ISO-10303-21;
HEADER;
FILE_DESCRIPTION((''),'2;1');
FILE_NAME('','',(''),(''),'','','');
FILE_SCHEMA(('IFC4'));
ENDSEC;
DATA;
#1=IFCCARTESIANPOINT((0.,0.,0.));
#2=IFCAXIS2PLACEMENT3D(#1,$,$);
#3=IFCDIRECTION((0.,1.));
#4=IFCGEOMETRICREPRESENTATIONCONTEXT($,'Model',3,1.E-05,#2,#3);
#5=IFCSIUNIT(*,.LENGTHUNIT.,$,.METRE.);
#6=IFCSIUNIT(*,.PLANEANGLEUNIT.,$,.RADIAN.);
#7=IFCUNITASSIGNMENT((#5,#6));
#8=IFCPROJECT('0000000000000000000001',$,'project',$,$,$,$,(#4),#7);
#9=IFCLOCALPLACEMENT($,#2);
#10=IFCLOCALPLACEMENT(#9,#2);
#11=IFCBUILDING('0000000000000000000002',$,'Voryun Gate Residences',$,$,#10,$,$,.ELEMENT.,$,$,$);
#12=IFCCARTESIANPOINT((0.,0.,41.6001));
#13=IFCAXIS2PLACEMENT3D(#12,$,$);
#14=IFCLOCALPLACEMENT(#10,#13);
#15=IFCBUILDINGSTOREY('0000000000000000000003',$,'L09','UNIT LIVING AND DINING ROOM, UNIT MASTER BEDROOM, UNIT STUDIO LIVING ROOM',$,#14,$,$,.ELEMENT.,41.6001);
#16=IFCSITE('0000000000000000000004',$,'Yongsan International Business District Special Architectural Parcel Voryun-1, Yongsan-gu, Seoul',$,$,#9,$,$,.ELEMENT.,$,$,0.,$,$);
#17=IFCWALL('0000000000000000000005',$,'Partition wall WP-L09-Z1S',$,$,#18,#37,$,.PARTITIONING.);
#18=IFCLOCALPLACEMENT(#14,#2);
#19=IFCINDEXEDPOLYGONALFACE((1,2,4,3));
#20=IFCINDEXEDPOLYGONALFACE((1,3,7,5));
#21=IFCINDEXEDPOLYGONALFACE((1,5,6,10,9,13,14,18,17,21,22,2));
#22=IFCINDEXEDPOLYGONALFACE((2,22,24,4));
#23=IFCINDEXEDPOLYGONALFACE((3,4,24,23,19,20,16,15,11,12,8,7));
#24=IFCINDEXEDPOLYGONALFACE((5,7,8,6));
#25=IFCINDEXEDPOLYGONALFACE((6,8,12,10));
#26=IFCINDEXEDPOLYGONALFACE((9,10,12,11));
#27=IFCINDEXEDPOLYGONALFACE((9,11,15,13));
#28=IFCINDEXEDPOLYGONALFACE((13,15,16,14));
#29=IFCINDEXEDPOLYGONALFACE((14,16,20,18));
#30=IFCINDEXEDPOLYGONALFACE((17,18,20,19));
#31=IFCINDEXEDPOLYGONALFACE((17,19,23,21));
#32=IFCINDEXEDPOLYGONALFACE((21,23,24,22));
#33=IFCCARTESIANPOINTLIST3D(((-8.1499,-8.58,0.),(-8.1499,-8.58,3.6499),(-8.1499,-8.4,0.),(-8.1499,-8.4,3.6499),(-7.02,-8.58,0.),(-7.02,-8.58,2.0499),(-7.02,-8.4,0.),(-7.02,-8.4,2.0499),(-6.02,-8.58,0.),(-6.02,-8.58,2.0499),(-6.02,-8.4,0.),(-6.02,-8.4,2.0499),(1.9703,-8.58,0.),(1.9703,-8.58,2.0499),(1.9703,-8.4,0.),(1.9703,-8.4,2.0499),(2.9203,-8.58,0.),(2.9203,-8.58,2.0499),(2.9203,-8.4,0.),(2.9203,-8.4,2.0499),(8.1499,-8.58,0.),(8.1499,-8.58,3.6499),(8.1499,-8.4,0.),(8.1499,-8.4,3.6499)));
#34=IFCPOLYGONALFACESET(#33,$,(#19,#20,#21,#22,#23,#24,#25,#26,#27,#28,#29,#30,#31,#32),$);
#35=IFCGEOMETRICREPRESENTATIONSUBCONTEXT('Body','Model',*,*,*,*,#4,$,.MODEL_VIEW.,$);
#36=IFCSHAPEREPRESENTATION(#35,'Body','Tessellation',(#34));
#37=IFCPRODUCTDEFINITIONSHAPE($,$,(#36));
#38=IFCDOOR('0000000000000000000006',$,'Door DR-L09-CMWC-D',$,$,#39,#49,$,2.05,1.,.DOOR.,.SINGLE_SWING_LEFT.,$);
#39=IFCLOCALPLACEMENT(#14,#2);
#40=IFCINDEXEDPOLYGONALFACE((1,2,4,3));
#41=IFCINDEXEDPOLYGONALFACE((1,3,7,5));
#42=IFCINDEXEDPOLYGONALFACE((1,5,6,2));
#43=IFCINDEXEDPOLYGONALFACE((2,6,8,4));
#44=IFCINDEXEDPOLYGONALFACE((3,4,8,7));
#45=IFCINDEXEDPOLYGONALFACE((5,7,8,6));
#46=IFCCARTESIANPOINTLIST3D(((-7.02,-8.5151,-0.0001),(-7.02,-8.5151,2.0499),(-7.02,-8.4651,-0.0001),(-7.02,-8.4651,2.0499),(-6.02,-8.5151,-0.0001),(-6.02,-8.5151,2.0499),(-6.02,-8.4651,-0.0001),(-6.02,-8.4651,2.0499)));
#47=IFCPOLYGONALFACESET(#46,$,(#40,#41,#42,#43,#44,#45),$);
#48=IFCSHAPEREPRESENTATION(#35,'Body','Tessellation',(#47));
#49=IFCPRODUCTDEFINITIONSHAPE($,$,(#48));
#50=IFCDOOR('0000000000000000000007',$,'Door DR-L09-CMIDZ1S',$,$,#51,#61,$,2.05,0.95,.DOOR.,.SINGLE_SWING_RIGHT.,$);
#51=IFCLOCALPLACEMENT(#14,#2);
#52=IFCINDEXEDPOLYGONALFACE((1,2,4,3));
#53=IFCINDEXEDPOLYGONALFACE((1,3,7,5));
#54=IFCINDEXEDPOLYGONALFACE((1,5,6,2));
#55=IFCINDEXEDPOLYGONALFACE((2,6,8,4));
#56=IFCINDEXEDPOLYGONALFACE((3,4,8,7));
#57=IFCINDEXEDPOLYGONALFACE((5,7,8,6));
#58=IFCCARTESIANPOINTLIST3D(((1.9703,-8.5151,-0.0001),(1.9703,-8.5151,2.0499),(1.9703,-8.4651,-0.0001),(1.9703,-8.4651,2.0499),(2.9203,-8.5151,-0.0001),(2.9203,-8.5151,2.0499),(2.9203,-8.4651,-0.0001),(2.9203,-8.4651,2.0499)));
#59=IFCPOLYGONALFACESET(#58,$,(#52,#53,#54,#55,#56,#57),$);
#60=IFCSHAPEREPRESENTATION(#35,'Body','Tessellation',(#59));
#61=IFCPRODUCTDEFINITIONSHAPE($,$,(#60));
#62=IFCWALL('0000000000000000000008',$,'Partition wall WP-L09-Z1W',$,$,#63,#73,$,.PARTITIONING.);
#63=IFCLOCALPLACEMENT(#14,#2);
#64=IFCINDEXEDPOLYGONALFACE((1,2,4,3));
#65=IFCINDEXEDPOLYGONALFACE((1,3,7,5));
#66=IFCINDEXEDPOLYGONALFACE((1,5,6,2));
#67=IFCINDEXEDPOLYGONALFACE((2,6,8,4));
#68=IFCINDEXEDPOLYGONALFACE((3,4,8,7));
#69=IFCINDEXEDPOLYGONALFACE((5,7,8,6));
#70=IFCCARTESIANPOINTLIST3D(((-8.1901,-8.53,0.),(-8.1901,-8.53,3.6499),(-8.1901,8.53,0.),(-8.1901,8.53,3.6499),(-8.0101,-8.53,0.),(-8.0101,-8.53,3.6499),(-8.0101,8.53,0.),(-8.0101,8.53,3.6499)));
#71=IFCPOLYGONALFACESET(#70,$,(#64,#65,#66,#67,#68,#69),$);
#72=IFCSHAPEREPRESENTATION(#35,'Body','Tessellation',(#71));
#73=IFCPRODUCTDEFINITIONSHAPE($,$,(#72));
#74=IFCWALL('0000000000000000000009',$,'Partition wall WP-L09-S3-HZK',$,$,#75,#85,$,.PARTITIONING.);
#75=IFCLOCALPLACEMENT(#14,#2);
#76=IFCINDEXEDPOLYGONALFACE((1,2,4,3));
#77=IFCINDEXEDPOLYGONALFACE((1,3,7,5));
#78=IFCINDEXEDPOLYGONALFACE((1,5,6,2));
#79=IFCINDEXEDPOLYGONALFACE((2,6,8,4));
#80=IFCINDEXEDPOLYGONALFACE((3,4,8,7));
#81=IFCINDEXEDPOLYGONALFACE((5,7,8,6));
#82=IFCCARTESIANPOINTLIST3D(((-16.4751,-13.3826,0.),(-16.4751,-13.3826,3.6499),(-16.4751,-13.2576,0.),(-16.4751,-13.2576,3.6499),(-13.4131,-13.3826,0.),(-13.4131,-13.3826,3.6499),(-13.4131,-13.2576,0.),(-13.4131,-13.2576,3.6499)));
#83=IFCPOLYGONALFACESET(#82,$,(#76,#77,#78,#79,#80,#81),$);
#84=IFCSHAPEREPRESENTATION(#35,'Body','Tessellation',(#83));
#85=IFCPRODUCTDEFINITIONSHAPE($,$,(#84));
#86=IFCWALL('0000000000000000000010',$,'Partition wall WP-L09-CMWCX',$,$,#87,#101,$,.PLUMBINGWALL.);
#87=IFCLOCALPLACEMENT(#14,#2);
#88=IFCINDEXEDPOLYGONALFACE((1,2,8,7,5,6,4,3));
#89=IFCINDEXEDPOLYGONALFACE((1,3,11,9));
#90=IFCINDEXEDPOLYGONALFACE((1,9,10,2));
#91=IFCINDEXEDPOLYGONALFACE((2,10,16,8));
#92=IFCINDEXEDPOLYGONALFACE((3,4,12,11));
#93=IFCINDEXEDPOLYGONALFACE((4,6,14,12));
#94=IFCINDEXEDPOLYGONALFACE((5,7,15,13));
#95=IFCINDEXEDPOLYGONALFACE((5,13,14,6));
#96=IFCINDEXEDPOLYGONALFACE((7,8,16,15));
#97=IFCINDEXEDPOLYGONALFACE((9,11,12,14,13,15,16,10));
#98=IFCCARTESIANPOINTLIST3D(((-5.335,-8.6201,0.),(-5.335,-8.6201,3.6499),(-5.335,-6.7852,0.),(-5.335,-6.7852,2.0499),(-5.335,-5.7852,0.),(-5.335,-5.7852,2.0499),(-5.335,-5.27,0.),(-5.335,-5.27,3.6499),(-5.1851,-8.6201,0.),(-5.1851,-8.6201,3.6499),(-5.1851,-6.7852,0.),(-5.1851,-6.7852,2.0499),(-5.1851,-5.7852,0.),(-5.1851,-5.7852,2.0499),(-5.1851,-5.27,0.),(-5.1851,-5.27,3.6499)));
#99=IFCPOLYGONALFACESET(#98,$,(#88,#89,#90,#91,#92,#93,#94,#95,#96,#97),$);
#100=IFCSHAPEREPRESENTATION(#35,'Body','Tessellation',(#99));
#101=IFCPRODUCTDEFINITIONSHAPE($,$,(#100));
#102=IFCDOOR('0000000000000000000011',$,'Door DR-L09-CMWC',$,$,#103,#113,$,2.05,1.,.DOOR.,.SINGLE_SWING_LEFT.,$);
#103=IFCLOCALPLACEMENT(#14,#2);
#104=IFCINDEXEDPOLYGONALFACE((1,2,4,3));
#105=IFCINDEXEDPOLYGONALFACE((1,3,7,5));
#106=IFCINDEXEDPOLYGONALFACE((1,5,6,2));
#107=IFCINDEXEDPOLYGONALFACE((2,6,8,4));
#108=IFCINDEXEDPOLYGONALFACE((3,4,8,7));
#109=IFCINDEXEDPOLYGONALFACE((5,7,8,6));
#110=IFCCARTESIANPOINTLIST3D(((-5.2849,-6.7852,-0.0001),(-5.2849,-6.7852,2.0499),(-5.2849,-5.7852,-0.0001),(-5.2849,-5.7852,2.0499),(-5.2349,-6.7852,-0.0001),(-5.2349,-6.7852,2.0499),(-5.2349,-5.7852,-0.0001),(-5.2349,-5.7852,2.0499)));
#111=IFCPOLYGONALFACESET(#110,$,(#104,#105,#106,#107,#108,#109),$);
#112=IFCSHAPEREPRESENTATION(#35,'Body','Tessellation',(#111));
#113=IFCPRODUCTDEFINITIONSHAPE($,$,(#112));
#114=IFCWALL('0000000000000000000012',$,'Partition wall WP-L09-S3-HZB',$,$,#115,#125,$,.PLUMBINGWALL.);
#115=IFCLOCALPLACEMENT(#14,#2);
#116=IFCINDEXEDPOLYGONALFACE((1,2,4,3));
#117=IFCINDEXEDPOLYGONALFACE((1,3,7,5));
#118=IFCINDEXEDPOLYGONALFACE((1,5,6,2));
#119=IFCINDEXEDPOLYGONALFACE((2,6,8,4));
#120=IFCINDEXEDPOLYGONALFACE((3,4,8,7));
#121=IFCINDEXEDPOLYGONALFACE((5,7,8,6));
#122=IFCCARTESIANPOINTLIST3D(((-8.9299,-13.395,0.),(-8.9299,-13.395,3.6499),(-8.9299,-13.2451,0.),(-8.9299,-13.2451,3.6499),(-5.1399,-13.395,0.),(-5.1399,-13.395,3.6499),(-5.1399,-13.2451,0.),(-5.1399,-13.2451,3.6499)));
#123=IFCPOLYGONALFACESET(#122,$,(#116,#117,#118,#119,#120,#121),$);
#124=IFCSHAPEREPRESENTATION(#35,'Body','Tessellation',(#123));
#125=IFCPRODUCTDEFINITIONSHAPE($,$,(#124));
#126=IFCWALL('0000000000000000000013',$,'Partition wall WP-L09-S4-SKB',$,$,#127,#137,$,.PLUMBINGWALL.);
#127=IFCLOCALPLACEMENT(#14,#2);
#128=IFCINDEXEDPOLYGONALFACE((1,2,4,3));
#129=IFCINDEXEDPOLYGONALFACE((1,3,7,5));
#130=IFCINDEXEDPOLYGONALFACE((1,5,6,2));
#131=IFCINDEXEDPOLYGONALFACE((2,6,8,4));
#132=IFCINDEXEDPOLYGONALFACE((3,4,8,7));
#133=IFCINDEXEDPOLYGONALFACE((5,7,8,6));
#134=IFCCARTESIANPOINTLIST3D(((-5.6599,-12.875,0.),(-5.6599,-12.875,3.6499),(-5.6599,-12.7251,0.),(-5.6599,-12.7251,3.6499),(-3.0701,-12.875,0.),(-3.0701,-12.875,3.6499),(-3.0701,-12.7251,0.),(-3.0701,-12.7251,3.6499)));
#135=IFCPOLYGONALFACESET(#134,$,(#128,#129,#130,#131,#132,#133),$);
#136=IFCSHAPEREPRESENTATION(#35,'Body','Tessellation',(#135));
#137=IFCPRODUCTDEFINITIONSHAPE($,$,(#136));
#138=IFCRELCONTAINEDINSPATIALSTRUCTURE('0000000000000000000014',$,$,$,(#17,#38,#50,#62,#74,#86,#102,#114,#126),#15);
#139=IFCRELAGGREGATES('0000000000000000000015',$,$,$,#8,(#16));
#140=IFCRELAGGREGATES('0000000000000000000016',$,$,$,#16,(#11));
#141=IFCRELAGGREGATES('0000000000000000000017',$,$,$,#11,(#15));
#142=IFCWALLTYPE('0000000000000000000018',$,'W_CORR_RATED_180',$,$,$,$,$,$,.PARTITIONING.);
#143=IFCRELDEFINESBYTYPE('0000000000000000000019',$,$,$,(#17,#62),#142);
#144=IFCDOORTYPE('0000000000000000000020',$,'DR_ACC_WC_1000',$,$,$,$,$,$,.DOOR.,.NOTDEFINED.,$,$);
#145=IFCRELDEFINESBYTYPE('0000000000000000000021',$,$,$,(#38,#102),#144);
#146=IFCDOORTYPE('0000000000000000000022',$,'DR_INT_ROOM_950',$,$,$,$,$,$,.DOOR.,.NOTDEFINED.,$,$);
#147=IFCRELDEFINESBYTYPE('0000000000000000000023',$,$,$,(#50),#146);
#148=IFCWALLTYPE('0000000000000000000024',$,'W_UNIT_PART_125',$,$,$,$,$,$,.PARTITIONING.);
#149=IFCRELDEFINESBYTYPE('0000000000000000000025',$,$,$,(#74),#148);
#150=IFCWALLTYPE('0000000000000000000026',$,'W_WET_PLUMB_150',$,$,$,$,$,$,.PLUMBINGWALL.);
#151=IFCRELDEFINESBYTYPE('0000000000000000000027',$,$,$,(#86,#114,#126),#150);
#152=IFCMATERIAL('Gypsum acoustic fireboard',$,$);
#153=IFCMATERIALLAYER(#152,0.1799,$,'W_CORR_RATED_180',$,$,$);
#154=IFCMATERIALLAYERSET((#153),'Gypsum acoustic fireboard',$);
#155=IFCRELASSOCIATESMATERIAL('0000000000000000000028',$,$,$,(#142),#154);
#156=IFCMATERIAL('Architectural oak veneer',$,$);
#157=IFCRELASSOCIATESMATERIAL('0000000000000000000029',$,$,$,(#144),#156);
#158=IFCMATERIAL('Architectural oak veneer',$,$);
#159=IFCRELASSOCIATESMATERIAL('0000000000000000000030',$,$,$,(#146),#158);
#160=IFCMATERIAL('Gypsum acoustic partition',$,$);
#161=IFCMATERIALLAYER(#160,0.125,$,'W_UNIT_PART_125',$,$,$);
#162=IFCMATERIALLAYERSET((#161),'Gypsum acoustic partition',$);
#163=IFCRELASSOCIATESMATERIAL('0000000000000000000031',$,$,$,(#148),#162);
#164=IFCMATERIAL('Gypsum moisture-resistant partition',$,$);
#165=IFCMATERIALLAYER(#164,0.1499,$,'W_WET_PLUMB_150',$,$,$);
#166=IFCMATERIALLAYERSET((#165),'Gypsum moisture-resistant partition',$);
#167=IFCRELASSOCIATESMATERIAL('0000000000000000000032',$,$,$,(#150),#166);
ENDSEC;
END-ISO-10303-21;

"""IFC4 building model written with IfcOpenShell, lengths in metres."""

from ifc_helpers import new_model, si_unit, direction, frame, frame_2d, origin, place, context, subcontext, project, spatial, rectangle, extrude, material, layer, layer_set, type_object, element, fill, save


model = new_model("IFC4")

# Units and contexts
model_context = context("Model", 3, precision=1e-05, world=origin(), true_north=direction((0.0, 1.0)))
body_context = subcontext(model_context, "Body", "Model", "MODEL_VIEW")
ifc_project = project(units=[si_unit("LENGTHUNIT", "METRE"), si_unit("PLANEANGLEUNIT", "RADIAN")], contexts=[model_context])

# Site, building, storey
site_placement = place(None, origin())
site = spatial("IfcSite", under=ifc_project, at=site_placement, Name="Yongsan International Business District Special Architectural Parcel Voryun-1, Yongsan-gu, Seoul", CompositionType="ELEMENT", RefElevation=0.0)
building_placement = place(site_placement, origin())
building = spatial("IfcBuilding", under=site, at=building_placement, Name="Voryun Gate Residences", CompositionType="ELEMENT")
storey_placement = place(building_placement, frame((0.0, 0.0, 41.6001)))
storey = spatial("IfcBuildingStorey", under=building, at=storey_placement, Name="L09", Description="UNIT LIVING AND DINING ROOM, UNIT MASTER BEDROOM, UNIT STUDIO LIVING ROOM", CompositionType="ELEMENT", Elevation=41.6001)

# Shared definitions
ifc_material_1 = material(Name="Gypsum acoustic fireboard")
ifc_layer_1 = layer(ifc_material_1, 0.1799, Name="W_CORR_RATED_180")
ifc_layer_set_1 = layer_set([ifc_layer_1], Name="Gypsum acoustic fireboard")
wall_type_1 = type_object("IfcWallType", Name="W_CORR_RATED_180", PredefinedType="PARTITIONING", material=ifc_layer_set_1)

# Wall, openings, doors
wall_1_placement = place(storey_placement, frame((-8.1499, -8.49, 0.0), z_axis=(0.0, 0.0, 1.0), x_axis=(1.0, 0.0, 0.0)))
wall_1 = element("IfcWall", 1, at=wall_1_placement, inside=storey, type_object=wall_type_1, Name="Partition wall WP-L09-Z1S", PredefinedType="PARTITIONING", context=body_context, shape_type="SweptSolid", body=[
    extrude(rectangle(XDim=16.2998, YDim=0.1799, at=frame_2d((8.1499, 0.0))), origin(), (0.0, 0.0, 1.0), 3.6499),
])
opening_1_placement = place(wall_1_placement, frame((1.1299, 0.0, 0.0)))
opening_1 = element("IfcOpeningElement", 2, at=opening_1_placement, cuts=wall_1, PredefinedType="OPENING", context=body_context, shape_type="SweptSolid", body=[
    extrude(rectangle(XDim=1.0, YDim=2.05, at=frame_2d((0.5, 1.0249))), frame((0.0, 0.0999, 0.0), z_axis=(0.0, -1.0, 0.0), x_axis=(1.0, 0.0, 0.0)), (0.0, 0.0, 1.0), 0.2),
])
opening_2_placement = place(wall_1_placement, frame((10.1201, 0.0, 0.0)))
opening_2 = element("IfcOpeningElement", 3, at=opening_2_placement, cuts=wall_1, PredefinedType="OPENING", context=body_context, shape_type="SweptSolid", body=[
    extrude(rectangle(XDim=0.95, YDim=2.05, at=frame_2d((0.4751, 1.0249))), frame((0.0, 0.0999, 0.0), z_axis=(0.0, -1.0, 0.0), x_axis=(1.0, 0.0, 0.0)), (0.0, 0.0, 1.0), 0.2),
])
ifc_material_2 = material(Name="Architectural oak veneer")
door_type_1 = type_object("IfcDoorType", Name="DR_ACC_WC_1000", OperationType="NOTDEFINED", PredefinedType="DOOR", material=ifc_material_2)
door_1_placement = place(opening_1_placement, origin())
door_1 = element("IfcDoor", 4, at=door_1_placement, inside=storey, type_object=door_type_1, Name="Door DR-L09-CMWC-D", OperationType="SINGLE_SWING_LEFT", OverallHeight=2.05, OverallWidth=1.0, PredefinedType="DOOR", context=body_context, shape_type="SweptSolid", body=[
    extrude(rectangle(XDim=1.0, YDim=2.05, at=frame_2d((0.5, 1.0249))), frame((0.0, 0.0249, 0.0), z_axis=(0.0, -1.0, 0.0), x_axis=(1.0, 0.0, 0.0)), (0.0, 0.0, 1.0), 0.05),
])
fill(opening_1, door_1)
ifc_material_3 = material(Name="Architectural oak veneer")
door_type_2 = type_object("IfcDoorType", Name="DR_INT_ROOM_950", OperationType="NOTDEFINED", PredefinedType="DOOR", material=ifc_material_3)
door_2_placement = place(opening_2_placement, origin())
door_2 = element("IfcDoor", 5, at=door_2_placement, inside=storey, type_object=door_type_2, Name="Door DR-L09-CMIDZ1S", OperationType="SINGLE_SWING_RIGHT", OverallHeight=2.05, OverallWidth=0.95, PredefinedType="DOOR", context=body_context, shape_type="SweptSolid", body=[
    extrude(rectangle(XDim=0.95, YDim=2.05, at=frame_2d((0.4751, 1.0249))), frame((0.0, 0.0249, 0.0), z_axis=(0.0, -1.0, 0.0), x_axis=(1.0, 0.0, 0.0)), (0.0, 0.0, 1.0), 0.05),
])
fill(opening_2, door_2)

# Walls
wall_2_placement = place(storey_placement, frame((-8.1001, -8.53, 0.0), z_axis=(0.0, 0.0, 1.0), x_axis=(0.0, 1.0, 0.0)))
element("IfcWall", 6, at=wall_2_placement, inside=storey, type_object=wall_type_1, Name="Partition wall WP-L09-Z1W", PredefinedType="PARTITIONING", context=body_context, shape_type="SweptSolid", body=[
    extrude(rectangle(XDim=17.0601, YDim=0.1799, at=frame_2d((8.53, 0.0))), origin(), (0.0, 0.0, 1.0), 3.6499),
])
ifc_material_4 = material(Name="Gypsum acoustic partition")
ifc_layer_2 = layer(ifc_material_4, 0.125, Name="W_UNIT_PART_125")
ifc_layer_set_2 = layer_set([ifc_layer_2], Name="Gypsum acoustic partition")
wall_type_2 = type_object("IfcWallType", Name="W_UNIT_PART_125", PredefinedType="PARTITIONING", material=ifc_layer_set_2)
wall_3_placement = place(storey_placement, frame((-16.4751, -13.3201, 0.0), z_axis=(0.0, 0.0, 1.0), x_axis=(1.0, 0.0, 0.0)))
element("IfcWall", 7, at=wall_3_placement, inside=storey, type_object=wall_type_2, Name="Partition wall WP-L09-S3-HZK", PredefinedType="PARTITIONING", context=body_context, shape_type="SweptSolid", body=[
    extrude(rectangle(XDim=3.062, YDim=0.125, at=frame_2d((1.531, 0.0))), origin(), (0.0, 0.0, 1.0), 3.6499),
])

# Wall, opening, door
ifc_material_5 = material(Name="Gypsum moisture-resistant partition")
ifc_layer_3 = layer(ifc_material_5, 0.1499, Name="W_WET_PLUMB_150")
ifc_layer_set_3 = layer_set([ifc_layer_3], Name="Gypsum moisture-resistant partition")
wall_type_3 = type_object("IfcWallType", Name="W_WET_PLUMB_150", PredefinedType="PLUMBINGWALL", material=ifc_layer_set_3)
wall_4_placement = place(storey_placement, frame((-5.26, -8.6201, 0.0), z_axis=(0.0, 0.0, 1.0), x_axis=(0.0, 1.0, 0.0)))
wall_4 = element("IfcWall", 8, at=wall_4_placement, inside=storey, type_object=wall_type_3, Name="Partition wall WP-L09-CMWCX", PredefinedType="PLUMBINGWALL", context=body_context, shape_type="SweptSolid", body=[
    extrude(rectangle(XDim=3.3501, YDim=0.1499, at=frame_2d((1.675, 0.0))), origin(), (0.0, 0.0, 1.0), 3.6499),
])
opening_3_placement = place(wall_4_placement, frame((1.835, 0.0, 0.0)))
opening_3 = element("IfcOpeningElement", 9, at=opening_3_placement, cuts=wall_4, PredefinedType="OPENING", context=body_context, shape_type="SweptSolid", body=[
    extrude(rectangle(XDim=1.0, YDim=2.05, at=frame_2d((0.5, 1.0249))), frame((0.0, 0.085, 0.0), z_axis=(0.0, -1.0, 0.0), x_axis=(1.0, 0.0, 0.0)), (0.0, 0.0, 1.0), 0.1699),
])
door_3_placement = place(opening_3_placement, origin())
door_3 = element("IfcDoor", 10, at=door_3_placement, inside=storey, type_object=door_type_1, Name="Door DR-L09-CMWC", OperationType="SINGLE_SWING_LEFT", OverallHeight=2.05, OverallWidth=1.0, PredefinedType="DOOR", context=body_context, shape_type="SweptSolid", body=[
    extrude(rectangle(XDim=1.0, YDim=2.05, at=frame_2d((0.5, 1.0249))), frame((0.0, 0.0249, 0.0), z_axis=(0.0, -1.0, 0.0), x_axis=(1.0, 0.0, 0.0)), (0.0, 0.0, 1.0), 0.05),
])
fill(opening_3, door_3)

# Walls
wall_5_placement = place(storey_placement, frame((-8.9299, -13.3201, 0.0), z_axis=(0.0, 0.0, 1.0), x_axis=(1.0, 0.0, 0.0)))
element("IfcWall", 11, at=wall_5_placement, inside=storey, type_object=wall_type_3, Name="Partition wall WP-L09-S3-HZB", PredefinedType="PLUMBINGWALL", context=body_context, shape_type="SweptSolid", body=[
    extrude(rectangle(XDim=3.79, YDim=0.1499, at=frame_2d((1.895, 0.0))), origin(), (0.0, 0.0, 1.0), 3.6499),
])
wall_6_placement = place(storey_placement, frame((-5.6599, -12.8, 0.0), z_axis=(0.0, 0.0, 1.0), x_axis=(1.0, 0.0, 0.0)))
element("IfcWall", 12, at=wall_6_placement, inside=storey, type_object=wall_type_3, Name="Partition wall WP-L09-S4-SKB", PredefinedType="PLUMBINGWALL", context=body_context, shape_type="SweptSolid", body=[
    extrude(rectangle(XDim=2.5898, YDim=0.1499, at=frame_2d((1.2949, 0.0))), origin(), (0.0, 0.0, 1.0), 3.6499),
])

save(model, "model.ifc")
